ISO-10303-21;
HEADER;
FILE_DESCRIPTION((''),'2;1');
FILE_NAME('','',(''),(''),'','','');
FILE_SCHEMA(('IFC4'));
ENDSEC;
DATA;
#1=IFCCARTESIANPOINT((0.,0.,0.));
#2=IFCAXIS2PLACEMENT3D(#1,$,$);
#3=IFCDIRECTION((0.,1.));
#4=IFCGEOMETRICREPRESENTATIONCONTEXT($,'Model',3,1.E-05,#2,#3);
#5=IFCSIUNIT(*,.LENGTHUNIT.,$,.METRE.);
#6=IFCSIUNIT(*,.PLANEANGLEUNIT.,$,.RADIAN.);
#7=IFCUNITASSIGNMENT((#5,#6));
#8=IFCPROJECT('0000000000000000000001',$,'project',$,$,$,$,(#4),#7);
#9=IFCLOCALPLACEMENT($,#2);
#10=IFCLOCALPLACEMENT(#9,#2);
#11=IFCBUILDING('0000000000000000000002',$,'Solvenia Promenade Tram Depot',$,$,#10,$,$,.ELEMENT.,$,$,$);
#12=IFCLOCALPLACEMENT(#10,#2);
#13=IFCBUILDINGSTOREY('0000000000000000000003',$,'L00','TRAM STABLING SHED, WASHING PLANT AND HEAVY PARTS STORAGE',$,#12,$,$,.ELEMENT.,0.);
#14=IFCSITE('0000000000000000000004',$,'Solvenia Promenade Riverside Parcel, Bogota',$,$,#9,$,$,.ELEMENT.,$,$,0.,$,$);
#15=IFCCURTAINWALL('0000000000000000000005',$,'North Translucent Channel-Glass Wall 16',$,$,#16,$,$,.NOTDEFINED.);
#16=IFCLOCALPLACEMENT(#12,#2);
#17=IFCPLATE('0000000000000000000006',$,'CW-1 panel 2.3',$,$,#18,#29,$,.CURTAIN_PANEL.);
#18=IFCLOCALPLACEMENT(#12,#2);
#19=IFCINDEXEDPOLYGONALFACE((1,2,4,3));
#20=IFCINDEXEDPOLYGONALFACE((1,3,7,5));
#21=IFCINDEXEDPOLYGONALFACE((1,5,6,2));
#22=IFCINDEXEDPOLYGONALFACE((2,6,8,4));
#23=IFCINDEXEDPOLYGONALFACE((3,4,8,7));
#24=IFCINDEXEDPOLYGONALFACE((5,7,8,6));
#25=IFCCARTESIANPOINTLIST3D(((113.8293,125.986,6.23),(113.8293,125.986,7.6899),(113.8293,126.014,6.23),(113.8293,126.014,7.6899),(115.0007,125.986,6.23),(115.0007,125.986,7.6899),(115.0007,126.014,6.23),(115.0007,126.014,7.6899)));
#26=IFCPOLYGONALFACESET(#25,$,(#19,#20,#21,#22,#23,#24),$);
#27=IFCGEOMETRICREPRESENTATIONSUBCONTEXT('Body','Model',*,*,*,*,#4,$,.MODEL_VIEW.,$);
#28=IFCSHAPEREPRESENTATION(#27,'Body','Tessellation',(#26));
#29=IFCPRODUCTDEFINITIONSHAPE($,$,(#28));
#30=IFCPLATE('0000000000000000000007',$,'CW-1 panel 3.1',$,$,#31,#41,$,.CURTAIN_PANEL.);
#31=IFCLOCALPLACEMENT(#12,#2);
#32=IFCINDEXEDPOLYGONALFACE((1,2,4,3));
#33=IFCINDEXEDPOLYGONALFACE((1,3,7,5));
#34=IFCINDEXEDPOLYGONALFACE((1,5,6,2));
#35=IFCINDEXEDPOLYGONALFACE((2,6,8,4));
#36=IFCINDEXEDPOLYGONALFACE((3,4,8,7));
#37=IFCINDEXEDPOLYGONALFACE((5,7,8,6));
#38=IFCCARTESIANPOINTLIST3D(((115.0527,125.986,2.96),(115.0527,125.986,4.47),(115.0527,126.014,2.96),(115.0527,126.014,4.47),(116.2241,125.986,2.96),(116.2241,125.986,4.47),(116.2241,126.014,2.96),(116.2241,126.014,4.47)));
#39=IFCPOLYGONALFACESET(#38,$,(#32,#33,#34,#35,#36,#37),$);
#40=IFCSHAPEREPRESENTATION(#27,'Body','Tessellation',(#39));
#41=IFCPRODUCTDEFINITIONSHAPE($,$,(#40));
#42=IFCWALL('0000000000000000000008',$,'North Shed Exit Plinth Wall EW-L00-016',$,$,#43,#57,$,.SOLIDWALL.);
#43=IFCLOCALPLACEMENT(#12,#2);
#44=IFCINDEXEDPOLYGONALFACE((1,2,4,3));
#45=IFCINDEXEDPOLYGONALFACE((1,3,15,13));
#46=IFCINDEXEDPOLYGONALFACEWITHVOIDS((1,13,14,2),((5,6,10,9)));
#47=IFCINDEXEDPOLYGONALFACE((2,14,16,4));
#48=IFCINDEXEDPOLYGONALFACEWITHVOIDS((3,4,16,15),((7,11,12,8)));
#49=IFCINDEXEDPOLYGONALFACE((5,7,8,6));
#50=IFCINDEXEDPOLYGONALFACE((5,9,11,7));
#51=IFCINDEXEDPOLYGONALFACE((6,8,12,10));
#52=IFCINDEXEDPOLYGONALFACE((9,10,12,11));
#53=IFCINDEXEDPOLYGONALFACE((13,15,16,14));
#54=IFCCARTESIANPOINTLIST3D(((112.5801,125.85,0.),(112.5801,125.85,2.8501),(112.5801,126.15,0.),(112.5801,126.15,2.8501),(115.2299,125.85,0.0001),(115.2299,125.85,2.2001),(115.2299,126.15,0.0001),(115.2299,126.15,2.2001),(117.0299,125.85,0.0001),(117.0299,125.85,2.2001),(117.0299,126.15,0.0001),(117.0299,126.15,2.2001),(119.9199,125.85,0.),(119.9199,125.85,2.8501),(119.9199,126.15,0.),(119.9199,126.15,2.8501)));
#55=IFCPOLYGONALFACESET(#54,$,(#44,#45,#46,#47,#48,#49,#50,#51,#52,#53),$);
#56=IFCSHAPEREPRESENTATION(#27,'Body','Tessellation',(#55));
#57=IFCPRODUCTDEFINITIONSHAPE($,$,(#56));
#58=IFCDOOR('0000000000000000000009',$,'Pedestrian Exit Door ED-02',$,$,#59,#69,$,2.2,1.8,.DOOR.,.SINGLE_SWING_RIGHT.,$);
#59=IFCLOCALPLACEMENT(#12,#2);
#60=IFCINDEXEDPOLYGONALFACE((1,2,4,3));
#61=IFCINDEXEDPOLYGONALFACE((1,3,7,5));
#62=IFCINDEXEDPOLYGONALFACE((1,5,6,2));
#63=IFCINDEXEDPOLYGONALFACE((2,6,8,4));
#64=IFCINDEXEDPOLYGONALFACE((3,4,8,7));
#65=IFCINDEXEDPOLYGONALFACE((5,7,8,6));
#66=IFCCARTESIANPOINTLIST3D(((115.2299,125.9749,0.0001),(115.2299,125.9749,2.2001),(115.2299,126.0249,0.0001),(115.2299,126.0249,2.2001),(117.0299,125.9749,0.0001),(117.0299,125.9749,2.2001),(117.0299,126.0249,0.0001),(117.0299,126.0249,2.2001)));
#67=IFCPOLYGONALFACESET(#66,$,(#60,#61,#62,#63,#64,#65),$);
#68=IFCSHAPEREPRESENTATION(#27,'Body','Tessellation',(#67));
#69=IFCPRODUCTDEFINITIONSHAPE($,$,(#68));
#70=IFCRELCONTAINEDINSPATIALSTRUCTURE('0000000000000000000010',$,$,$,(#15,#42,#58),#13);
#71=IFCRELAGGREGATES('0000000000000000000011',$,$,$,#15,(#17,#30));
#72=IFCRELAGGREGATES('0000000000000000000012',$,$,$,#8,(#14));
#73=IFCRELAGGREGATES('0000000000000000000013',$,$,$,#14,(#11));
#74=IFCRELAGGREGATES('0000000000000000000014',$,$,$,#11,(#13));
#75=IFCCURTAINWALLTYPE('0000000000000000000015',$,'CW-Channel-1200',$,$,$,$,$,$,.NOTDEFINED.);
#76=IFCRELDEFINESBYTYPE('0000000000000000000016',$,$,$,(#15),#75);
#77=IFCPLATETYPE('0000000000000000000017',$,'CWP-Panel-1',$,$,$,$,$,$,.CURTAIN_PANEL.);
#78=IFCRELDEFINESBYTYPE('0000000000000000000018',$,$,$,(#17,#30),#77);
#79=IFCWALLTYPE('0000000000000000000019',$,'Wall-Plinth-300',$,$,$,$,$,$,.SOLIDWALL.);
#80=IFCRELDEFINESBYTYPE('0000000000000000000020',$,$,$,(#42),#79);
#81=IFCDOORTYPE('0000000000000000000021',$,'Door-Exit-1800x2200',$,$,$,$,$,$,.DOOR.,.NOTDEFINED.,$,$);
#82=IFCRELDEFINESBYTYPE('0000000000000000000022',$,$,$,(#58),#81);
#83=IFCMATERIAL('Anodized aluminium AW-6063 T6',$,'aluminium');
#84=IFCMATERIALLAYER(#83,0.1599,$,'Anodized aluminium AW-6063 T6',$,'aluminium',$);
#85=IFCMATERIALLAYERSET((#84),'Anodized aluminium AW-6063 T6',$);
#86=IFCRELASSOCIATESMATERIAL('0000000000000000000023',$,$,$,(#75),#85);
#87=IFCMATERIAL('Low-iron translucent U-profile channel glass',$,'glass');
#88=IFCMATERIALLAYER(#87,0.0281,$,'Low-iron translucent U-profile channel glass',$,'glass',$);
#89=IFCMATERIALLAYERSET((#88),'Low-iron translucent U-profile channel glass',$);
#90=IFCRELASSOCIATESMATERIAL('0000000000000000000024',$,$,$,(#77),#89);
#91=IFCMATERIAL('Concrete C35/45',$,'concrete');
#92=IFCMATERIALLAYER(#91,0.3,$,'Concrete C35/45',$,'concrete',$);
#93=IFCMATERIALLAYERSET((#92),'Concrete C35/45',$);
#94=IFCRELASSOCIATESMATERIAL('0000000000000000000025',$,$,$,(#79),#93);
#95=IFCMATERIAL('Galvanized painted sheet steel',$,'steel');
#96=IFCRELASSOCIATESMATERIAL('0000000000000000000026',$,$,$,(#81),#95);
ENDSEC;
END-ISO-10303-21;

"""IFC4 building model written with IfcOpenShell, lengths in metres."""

from ifc_helpers import new_model, si_unit, direction, frame, frame_2d, origin, origin_2d, place, context, subcontext, project, spatial, rectangle, extrude, material, layer, layer_set, type_object, element, fill, aggregate, save


model = new_model("IFC4")

# Units and contexts
model_context = context("Model", 3, precision=1e-05, world=origin(), true_north=direction((0.0, 1.0)))
body_context = subcontext(model_context, "Body", "Model", "MODEL_VIEW")
ifc_project = project(units=[si_unit("LENGTHUNIT", "METRE"), si_unit("PLANEANGLEUNIT", "RADIAN")], contexts=[model_context])

# Site, building, storey
site_placement = place(None, origin())
site = spatial("IfcSite", under=ifc_project, at=site_placement, Name="Solvenia Promenade Riverside Parcel, Bogota", CompositionType="ELEMENT", RefElevation=0.0)
building_placement = place(site_placement, origin())
building = spatial("IfcBuilding", under=site, at=building_placement, Name="Solvenia Promenade Tram Depot", CompositionType="ELEMENT")
storey_placement = place(building_placement, origin())
storey = spatial("IfcBuildingStorey", under=building, at=storey_placement, Name="L00", Description="TRAM STABLING SHED, WASHING PLANT AND HEAVY PARTS STORAGE", CompositionType="ELEMENT", Elevation=0.0)

# Shared definitions
ifc_material_1 = material(Name="Anodized aluminium AW-6063 T6", Category="aluminium")
ifc_layer_1 = layer(ifc_material_1, 0.1599, Name="Anodized aluminium AW-6063 T6", Category="aluminium")
ifc_layer_set_1 = layer_set([ifc_layer_1], Name="Anodized aluminium AW-6063 T6")
curtain_wall_type = type_object("IfcCurtainWallType", Name="CW-Channel-1200", PredefinedType="NOTDEFINED", material=ifc_layer_set_1)

# Curtain wall
curtain_wall_1_placement = place(storey_placement, origin())
curtain_wall_1 = element("IfcCurtainWall", 1, at=curtain_wall_1_placement, inside=storey, type_object=curtain_wall_type, Name="North Translucent Channel-Glass Wall 16", PredefinedType="NOTDEFINED")

# Plates
ifc_material_2 = material(Name="Low-iron translucent U-profile channel glass", Category="glass")
ifc_layer_2 = layer(ifc_material_2, 0.0281, Name="Low-iron translucent U-profile channel glass", Category="glass")
ifc_layer_set_2 = layer_set([ifc_layer_2], Name="Low-iron translucent U-profile channel glass")
plate_type = type_object("IfcPlateType", Name="CWP-Panel-1", PredefinedType="CURTAIN_PANEL", material=ifc_layer_set_2)
plate_1_placement = place(storey_placement, frame((114.415, 126.0, 6.23), z_axis=(0.0, 0.0, 1.0), x_axis=(1.0, 0.0, 0.0)))
plate_1 = element("IfcPlate", 2, at=plate_1_placement, type_object=plate_type, Name="CW-1 panel 2.3", PredefinedType="CURTAIN_PANEL", context=body_context, shape_type="SweptSolid", body=[
    extrude(rectangle(XDim=1.1714, YDim=0.0281, at=origin_2d()), origin(), (0.0, 0.0, 1.0), 1.46),
])
plate_2_placement = place(storey_placement, frame((115.6384, 126.0, 2.96), z_axis=(0.0, 0.0, 1.0), x_axis=(1.0, 0.0, 0.0)))
plate_2 = element("IfcPlate", 3, at=plate_2_placement, type_object=plate_type, Name="CW-1 panel 3.1", PredefinedType="CURTAIN_PANEL", context=body_context, shape_type="SweptSolid", body=[
    extrude(rectangle(XDim=1.1714, YDim=0.0281, at=origin_2d()), origin(), (0.0, 0.0, 1.0), 1.51),
])
aggregate(curtain_wall_1, [plate_1, plate_2])

# Wall, opening, door
ifc_material_3 = material(Name="Concrete C35/45", Category="concrete")
ifc_layer_3 = layer(ifc_material_3, 0.3, Name="Concrete C35/45", Category="concrete")
ifc_layer_set_3 = layer_set([ifc_layer_3], Name="Concrete C35/45")
wall_type = type_object("IfcWallType", Name="Wall-Plinth-300", PredefinedType="SOLIDWALL", material=ifc_layer_set_3)
wall_placement = place(storey_placement, frame((112.5801, 126.0, 0.0), z_axis=(0.0, 0.0, 1.0), x_axis=(1.0, 0.0, 0.0)))
wall = element("IfcWall", 4, at=wall_placement, inside=storey, type_object=wall_type, Name="North Shed Exit Plinth Wall EW-L00-016", PredefinedType="SOLIDWALL", context=body_context, shape_type="SweptSolid", body=[
    extrude(rectangle(XDim=7.3398, YDim=0.3, at=frame_2d((3.6699, 0.0))), origin(), (0.0, 0.0, 1.0), 2.8501),
])
opening_placement = place(wall_placement, frame((2.6499, 0.0, 0.0)))
opening = element("IfcOpeningElement", 5, at=opening_placement, cuts=wall, PredefinedType="OPENING", context=body_context, shape_type="SweptSolid", body=[
    extrude(rectangle(XDim=1.8, YDim=2.2, at=frame_2d((0.8999, 1.1001))), frame((0.0, 0.1599, 0.0), z_axis=(0.0, -1.0, 0.0), x_axis=(1.0, 0.0, 0.0)), (0.0, 0.0, 1.0), 0.3201),
])
ifc_material_4 = material(Name="Galvanized painted sheet steel", Category="steel")
door_type = type_object("IfcDoorType", Name="Door-Exit-1800x2200", OperationType="NOTDEFINED", PredefinedType="DOOR", material=ifc_material_4)
door_placement = place(opening_placement, origin())
door = element("IfcDoor", 6, at=door_placement, inside=storey, type_object=door_type, Name="Pedestrian Exit Door ED-02", OperationType="SINGLE_SWING_RIGHT", OverallHeight=2.2, OverallWidth=1.8, PredefinedType="DOOR", context=body_context, shape_type="SweptSolid", body=[
    extrude(rectangle(XDim=1.8, YDim=2.2, at=frame_2d((0.8999, 1.1001))), frame((0.0, 0.0249, 0.0), z_axis=(0.0, -1.0, 0.0), x_axis=(1.0, 0.0, 0.0)), (0.0, 0.0, 1.0), 0.05),
])
fill(opening, door)

save(model, "model.ifc")
